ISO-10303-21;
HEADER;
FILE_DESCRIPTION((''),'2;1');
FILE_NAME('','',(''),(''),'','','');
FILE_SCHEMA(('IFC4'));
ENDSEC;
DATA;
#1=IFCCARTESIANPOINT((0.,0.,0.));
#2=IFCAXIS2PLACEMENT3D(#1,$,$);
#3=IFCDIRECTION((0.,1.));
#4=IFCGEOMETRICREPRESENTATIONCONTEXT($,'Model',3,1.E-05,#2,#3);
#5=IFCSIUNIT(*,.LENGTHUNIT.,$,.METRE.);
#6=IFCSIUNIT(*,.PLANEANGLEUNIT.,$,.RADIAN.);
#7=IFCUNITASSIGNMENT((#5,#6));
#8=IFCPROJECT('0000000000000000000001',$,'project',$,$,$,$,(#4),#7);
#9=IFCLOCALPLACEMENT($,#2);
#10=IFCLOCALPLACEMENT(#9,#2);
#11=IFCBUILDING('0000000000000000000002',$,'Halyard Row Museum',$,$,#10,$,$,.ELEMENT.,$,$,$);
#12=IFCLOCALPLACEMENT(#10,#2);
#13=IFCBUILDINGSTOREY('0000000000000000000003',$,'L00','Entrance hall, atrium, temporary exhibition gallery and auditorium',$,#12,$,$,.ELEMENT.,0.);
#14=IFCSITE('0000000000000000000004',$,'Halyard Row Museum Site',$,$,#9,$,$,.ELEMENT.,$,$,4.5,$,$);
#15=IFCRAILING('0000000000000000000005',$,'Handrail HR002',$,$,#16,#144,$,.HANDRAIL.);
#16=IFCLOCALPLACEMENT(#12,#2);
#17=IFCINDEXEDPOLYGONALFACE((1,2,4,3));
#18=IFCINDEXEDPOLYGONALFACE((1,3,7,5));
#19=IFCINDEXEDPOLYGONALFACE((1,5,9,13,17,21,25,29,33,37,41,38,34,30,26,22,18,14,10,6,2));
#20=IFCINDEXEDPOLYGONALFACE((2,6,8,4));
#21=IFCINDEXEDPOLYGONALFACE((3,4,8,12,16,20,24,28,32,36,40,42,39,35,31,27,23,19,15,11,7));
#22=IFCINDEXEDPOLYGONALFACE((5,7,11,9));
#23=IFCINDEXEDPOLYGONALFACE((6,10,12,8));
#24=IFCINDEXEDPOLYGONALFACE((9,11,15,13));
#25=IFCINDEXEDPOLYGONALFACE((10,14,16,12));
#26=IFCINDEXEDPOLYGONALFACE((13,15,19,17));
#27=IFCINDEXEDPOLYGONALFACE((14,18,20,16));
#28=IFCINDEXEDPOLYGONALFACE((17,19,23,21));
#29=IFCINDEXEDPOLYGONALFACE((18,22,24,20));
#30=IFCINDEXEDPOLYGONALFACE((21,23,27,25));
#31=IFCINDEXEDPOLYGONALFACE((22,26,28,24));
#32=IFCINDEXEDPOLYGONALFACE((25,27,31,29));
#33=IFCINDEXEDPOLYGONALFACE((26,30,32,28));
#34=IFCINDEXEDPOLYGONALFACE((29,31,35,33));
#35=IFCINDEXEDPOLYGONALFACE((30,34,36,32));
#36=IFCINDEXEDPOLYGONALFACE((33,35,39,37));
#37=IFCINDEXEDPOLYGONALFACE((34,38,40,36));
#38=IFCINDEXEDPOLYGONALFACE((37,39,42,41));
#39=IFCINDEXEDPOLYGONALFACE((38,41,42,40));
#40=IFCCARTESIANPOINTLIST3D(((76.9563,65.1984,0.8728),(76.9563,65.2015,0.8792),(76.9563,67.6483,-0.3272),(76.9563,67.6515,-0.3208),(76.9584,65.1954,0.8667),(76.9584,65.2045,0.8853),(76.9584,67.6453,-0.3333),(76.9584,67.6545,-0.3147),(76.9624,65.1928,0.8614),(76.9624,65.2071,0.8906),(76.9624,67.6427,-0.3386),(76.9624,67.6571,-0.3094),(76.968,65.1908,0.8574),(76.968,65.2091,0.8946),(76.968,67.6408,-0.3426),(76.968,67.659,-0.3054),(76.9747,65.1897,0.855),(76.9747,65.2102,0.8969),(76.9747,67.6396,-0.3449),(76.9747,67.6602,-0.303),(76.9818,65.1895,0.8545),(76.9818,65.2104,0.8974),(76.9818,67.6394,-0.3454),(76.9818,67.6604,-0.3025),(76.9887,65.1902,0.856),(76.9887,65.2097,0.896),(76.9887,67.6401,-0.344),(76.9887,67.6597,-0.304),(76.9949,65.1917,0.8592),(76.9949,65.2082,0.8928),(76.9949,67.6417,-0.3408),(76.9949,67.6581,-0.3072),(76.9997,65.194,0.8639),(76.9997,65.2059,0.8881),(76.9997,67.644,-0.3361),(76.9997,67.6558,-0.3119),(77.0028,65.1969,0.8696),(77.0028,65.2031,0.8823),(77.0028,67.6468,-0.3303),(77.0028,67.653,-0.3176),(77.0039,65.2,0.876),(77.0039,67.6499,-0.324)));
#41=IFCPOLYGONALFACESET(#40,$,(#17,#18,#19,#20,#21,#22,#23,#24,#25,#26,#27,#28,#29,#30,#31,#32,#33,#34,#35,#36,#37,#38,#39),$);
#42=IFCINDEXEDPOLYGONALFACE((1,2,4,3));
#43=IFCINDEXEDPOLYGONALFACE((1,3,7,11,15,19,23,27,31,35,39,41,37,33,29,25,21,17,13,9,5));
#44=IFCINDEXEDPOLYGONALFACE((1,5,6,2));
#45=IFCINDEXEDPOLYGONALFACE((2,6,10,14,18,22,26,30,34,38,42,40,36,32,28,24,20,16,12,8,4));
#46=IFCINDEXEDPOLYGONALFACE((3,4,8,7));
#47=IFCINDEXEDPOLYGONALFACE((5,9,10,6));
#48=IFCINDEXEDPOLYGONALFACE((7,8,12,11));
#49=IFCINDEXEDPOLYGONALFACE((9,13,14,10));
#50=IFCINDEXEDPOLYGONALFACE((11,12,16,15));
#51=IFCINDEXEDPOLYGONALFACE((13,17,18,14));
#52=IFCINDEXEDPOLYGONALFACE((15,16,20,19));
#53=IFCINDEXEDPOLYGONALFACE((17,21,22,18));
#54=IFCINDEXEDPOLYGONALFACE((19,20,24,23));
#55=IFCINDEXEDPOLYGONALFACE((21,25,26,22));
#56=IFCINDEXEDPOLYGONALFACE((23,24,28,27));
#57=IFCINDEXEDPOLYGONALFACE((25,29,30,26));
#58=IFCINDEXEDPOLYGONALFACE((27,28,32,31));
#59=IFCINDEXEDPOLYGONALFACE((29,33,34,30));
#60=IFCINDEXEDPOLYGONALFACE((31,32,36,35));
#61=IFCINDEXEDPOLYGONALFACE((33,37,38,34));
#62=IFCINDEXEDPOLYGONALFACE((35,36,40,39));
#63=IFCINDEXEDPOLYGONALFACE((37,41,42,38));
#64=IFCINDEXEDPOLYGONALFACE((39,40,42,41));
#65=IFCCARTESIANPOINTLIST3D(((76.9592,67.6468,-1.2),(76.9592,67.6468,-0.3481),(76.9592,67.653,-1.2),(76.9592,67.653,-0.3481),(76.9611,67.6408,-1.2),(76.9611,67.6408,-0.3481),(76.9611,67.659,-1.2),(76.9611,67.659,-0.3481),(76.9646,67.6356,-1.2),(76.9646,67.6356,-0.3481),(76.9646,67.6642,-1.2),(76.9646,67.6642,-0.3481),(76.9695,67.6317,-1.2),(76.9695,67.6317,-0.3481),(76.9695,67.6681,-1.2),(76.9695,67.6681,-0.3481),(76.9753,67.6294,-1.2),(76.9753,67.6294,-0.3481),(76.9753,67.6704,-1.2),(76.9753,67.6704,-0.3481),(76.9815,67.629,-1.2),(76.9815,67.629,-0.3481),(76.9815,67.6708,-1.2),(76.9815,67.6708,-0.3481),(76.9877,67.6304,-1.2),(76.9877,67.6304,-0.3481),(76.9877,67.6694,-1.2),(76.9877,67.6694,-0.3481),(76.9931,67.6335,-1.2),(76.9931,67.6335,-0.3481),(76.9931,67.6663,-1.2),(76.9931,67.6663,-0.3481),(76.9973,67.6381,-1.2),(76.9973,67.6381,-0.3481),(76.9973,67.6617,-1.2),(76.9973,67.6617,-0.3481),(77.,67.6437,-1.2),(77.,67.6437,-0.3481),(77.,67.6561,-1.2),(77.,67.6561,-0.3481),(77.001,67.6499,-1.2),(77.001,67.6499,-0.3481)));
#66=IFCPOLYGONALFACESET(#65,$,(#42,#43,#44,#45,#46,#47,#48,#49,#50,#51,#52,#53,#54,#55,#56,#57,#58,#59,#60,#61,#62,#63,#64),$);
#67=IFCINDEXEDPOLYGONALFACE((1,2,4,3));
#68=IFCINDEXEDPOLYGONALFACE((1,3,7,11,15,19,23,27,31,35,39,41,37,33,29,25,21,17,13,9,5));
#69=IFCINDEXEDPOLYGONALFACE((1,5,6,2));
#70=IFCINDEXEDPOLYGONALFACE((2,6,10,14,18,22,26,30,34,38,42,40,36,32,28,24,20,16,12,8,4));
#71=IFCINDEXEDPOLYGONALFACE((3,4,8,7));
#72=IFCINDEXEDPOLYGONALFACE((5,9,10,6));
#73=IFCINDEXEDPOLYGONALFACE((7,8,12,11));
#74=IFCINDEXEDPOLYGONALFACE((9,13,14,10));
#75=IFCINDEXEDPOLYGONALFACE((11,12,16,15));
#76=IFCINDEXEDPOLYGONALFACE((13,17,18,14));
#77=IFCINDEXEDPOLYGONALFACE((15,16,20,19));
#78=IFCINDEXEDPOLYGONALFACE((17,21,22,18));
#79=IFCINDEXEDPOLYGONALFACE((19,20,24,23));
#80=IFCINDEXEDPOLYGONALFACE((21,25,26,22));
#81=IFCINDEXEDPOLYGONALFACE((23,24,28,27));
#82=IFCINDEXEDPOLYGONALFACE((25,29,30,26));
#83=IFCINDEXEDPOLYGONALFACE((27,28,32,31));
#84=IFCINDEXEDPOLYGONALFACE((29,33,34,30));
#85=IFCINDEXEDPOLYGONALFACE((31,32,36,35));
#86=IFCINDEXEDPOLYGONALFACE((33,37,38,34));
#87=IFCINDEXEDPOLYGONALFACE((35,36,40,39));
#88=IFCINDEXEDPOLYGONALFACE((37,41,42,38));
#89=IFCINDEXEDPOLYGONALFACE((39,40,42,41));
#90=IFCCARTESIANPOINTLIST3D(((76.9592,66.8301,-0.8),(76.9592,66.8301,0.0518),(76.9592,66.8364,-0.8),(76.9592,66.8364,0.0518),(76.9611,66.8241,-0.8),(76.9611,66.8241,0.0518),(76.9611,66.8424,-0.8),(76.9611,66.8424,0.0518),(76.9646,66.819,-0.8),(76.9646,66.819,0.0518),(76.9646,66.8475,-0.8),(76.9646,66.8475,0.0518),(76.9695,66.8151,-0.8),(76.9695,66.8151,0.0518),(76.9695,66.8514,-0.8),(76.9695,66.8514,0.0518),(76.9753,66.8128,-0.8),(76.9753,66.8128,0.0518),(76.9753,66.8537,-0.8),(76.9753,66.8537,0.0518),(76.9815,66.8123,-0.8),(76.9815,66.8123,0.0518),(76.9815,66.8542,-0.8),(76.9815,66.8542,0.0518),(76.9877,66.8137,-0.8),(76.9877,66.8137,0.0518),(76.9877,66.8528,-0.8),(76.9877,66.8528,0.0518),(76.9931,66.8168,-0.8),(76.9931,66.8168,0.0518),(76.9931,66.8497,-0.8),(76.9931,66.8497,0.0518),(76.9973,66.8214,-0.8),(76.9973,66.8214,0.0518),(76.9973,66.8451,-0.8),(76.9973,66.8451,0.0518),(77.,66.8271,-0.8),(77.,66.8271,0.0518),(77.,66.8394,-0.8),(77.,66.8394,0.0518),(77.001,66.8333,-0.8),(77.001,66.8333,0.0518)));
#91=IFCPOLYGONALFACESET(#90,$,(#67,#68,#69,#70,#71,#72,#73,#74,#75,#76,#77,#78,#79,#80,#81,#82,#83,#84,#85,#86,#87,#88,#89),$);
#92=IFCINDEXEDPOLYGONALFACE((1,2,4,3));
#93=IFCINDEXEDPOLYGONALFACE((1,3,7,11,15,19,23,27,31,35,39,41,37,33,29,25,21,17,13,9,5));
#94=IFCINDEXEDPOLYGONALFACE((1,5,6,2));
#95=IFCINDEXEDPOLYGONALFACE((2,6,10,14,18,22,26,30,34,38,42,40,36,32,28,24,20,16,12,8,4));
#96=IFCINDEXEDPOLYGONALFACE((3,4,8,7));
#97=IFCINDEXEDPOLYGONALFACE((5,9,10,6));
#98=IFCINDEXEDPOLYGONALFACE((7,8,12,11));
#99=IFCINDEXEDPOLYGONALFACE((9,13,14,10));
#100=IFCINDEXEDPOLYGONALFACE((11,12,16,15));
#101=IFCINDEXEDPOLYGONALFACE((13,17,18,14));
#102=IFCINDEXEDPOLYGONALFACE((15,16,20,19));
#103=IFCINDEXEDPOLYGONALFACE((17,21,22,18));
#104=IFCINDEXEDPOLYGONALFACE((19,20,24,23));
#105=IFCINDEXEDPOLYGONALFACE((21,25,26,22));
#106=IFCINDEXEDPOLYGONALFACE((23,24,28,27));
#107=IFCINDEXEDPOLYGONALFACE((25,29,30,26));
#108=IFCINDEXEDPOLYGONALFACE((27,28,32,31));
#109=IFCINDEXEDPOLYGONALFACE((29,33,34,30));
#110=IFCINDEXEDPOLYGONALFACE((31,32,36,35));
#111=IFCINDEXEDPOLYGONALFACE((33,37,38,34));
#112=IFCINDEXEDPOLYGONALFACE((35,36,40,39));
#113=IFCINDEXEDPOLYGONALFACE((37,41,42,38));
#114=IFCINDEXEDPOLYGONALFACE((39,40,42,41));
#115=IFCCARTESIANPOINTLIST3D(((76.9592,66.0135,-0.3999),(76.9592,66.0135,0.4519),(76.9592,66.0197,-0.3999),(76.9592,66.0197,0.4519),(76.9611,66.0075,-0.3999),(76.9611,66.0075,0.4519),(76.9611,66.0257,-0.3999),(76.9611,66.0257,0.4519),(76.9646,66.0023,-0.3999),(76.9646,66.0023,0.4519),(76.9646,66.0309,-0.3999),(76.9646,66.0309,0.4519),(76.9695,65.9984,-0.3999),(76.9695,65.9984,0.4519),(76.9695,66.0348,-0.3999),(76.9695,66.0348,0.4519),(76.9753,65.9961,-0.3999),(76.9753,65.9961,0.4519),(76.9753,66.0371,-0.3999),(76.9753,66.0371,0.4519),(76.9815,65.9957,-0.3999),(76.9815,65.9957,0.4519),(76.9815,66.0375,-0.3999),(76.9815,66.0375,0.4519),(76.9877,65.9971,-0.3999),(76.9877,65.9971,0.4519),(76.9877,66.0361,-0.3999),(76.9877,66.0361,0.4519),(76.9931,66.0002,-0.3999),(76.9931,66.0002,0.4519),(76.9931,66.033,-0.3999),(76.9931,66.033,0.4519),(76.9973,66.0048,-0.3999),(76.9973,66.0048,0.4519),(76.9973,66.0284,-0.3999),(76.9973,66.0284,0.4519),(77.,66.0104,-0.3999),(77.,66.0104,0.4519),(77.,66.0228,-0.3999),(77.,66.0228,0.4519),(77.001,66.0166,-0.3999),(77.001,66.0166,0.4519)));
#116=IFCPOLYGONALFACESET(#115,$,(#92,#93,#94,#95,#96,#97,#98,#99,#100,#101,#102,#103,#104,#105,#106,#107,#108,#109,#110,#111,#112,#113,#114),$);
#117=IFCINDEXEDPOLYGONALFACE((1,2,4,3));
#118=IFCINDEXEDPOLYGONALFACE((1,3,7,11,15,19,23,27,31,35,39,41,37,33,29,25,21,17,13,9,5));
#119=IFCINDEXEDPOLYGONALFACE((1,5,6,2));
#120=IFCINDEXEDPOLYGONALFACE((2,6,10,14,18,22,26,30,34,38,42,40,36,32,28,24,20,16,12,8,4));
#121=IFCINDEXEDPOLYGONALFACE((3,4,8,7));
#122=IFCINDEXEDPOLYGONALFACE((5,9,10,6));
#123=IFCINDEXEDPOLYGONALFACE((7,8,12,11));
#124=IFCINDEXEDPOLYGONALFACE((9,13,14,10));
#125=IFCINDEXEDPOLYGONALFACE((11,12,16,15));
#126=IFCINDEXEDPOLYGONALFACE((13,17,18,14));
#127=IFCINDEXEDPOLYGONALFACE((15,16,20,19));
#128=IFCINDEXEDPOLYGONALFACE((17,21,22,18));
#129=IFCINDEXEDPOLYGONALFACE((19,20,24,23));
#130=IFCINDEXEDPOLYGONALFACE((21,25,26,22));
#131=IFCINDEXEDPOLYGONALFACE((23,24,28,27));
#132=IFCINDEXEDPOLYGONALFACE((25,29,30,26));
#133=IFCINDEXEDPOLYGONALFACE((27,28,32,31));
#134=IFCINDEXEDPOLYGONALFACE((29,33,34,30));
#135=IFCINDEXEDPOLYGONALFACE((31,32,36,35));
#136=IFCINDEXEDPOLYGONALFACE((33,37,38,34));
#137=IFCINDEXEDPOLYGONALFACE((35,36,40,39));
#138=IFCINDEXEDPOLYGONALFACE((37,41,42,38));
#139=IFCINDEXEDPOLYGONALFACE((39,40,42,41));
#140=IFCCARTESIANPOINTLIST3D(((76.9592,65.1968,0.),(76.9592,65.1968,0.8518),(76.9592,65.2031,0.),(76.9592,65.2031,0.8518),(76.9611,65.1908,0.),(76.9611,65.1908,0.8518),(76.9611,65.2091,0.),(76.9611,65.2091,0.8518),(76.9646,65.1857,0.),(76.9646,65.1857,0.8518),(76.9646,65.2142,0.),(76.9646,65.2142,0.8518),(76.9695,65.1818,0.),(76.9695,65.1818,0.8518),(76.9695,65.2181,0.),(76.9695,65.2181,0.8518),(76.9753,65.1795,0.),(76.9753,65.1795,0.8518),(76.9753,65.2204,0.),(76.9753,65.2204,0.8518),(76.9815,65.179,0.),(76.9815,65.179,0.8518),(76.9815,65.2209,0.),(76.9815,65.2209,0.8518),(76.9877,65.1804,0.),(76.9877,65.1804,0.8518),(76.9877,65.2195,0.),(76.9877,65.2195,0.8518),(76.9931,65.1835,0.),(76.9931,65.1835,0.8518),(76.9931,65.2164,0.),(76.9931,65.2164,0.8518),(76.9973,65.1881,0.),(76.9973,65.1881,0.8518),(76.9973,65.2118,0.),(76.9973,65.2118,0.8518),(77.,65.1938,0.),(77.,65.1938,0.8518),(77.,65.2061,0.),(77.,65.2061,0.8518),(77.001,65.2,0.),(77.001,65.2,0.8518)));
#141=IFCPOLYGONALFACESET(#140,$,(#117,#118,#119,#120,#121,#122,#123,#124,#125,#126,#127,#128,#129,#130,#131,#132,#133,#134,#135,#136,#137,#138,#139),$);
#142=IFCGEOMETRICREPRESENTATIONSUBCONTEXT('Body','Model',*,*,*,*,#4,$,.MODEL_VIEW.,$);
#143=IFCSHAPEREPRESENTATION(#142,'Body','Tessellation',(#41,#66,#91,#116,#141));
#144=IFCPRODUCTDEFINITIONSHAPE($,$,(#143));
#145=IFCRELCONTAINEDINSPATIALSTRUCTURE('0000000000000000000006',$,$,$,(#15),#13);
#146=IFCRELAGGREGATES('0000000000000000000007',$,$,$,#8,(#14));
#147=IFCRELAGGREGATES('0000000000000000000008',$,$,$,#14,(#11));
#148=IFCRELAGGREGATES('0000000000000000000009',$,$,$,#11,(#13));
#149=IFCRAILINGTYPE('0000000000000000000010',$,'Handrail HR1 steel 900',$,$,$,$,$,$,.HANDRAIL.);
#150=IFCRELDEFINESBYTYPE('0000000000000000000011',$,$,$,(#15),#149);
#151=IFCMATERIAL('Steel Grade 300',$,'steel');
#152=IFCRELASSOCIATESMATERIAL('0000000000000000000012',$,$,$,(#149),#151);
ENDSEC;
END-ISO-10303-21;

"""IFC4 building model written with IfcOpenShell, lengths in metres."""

from ifc_helpers import new_model, si_unit, direction, frame, origin, origin_2d, place, context, subcontext, project, spatial, circle, extrude, material, type_object, element, save


model = new_model("IFC4")

# Units and contexts
model_context = context("Model", 3, precision=1e-05, world=origin(), true_north=direction((0.0, 1.0)))
body_context = subcontext(model_context, "Body", "Model", "MODEL_VIEW")
ifc_project = project(units=[si_unit("LENGTHUNIT", "METRE"), si_unit("PLANEANGLEUNIT", "RADIAN")], contexts=[model_context])

# Site, building, storey
site_placement = place(None, origin())
site = spatial("IfcSite", under=ifc_project, at=site_placement, Name="Halyard Row Museum Site", CompositionType="ELEMENT", RefElevation=4.5)
building_placement = place(site_placement, origin())
building = spatial("IfcBuilding", under=site, at=building_placement, Name="Halyard Row Museum", CompositionType="ELEMENT")
storey_placement = place(building_placement, origin())
storey = spatial("IfcBuildingStorey", under=building, at=storey_placement, Name="L00", Description="Entrance hall, atrium, temporary exhibition gallery and auditorium", CompositionType="ELEMENT", Elevation=0.0)

# Railing
ifc_material_1 = material(Name="Steel Grade 300", Category="steel")
railing_type_1 = type_object("IfcRailingType", Name="Handrail HR1 steel 900", PredefinedType="HANDRAIL", material=ifc_material_1)
railing_1_placement = place(storey_placement, frame((76.98, 67.6499, -1.2)))
element("IfcRailing", 1, at=railing_1_placement, inside=storey, type_object=railing_type_1, Name="Handrail HR002", PredefinedType="HANDRAIL", context=body_context, shape_type="SweptSolid", body=[
    extrude(circle(Radius=0.0239, at=origin_2d()), frame((0.0, 0.0, 0.876), z_axis=(0.0, -0.898066, 0.43986), x_axis=(1.0, 0.0, 0.0)), (0.0, 0.0, 1.0), 2.728),
    extrude(circle(Radius=0.021, at=origin_2d()), origin(), (0.0, 0.0, 1.0), 0.8518),
    extrude(circle(Radius=0.021, at=origin_2d()), frame((0.0, -0.8167, 0.3999)), (0.0, 0.0, 1.0), 0.8518),
    extrude(circle(Radius=0.021, at=origin_2d()), frame((0.0, -1.6333, 0.8)), (0.0, 0.0, 1.0), 0.8518),
    extrude(circle(Radius=0.021, at=origin_2d()), frame((0.0, -2.45, 1.2)), (0.0, 0.0, 1.0), 0.8518),
])

save(model, "model.ifc")
